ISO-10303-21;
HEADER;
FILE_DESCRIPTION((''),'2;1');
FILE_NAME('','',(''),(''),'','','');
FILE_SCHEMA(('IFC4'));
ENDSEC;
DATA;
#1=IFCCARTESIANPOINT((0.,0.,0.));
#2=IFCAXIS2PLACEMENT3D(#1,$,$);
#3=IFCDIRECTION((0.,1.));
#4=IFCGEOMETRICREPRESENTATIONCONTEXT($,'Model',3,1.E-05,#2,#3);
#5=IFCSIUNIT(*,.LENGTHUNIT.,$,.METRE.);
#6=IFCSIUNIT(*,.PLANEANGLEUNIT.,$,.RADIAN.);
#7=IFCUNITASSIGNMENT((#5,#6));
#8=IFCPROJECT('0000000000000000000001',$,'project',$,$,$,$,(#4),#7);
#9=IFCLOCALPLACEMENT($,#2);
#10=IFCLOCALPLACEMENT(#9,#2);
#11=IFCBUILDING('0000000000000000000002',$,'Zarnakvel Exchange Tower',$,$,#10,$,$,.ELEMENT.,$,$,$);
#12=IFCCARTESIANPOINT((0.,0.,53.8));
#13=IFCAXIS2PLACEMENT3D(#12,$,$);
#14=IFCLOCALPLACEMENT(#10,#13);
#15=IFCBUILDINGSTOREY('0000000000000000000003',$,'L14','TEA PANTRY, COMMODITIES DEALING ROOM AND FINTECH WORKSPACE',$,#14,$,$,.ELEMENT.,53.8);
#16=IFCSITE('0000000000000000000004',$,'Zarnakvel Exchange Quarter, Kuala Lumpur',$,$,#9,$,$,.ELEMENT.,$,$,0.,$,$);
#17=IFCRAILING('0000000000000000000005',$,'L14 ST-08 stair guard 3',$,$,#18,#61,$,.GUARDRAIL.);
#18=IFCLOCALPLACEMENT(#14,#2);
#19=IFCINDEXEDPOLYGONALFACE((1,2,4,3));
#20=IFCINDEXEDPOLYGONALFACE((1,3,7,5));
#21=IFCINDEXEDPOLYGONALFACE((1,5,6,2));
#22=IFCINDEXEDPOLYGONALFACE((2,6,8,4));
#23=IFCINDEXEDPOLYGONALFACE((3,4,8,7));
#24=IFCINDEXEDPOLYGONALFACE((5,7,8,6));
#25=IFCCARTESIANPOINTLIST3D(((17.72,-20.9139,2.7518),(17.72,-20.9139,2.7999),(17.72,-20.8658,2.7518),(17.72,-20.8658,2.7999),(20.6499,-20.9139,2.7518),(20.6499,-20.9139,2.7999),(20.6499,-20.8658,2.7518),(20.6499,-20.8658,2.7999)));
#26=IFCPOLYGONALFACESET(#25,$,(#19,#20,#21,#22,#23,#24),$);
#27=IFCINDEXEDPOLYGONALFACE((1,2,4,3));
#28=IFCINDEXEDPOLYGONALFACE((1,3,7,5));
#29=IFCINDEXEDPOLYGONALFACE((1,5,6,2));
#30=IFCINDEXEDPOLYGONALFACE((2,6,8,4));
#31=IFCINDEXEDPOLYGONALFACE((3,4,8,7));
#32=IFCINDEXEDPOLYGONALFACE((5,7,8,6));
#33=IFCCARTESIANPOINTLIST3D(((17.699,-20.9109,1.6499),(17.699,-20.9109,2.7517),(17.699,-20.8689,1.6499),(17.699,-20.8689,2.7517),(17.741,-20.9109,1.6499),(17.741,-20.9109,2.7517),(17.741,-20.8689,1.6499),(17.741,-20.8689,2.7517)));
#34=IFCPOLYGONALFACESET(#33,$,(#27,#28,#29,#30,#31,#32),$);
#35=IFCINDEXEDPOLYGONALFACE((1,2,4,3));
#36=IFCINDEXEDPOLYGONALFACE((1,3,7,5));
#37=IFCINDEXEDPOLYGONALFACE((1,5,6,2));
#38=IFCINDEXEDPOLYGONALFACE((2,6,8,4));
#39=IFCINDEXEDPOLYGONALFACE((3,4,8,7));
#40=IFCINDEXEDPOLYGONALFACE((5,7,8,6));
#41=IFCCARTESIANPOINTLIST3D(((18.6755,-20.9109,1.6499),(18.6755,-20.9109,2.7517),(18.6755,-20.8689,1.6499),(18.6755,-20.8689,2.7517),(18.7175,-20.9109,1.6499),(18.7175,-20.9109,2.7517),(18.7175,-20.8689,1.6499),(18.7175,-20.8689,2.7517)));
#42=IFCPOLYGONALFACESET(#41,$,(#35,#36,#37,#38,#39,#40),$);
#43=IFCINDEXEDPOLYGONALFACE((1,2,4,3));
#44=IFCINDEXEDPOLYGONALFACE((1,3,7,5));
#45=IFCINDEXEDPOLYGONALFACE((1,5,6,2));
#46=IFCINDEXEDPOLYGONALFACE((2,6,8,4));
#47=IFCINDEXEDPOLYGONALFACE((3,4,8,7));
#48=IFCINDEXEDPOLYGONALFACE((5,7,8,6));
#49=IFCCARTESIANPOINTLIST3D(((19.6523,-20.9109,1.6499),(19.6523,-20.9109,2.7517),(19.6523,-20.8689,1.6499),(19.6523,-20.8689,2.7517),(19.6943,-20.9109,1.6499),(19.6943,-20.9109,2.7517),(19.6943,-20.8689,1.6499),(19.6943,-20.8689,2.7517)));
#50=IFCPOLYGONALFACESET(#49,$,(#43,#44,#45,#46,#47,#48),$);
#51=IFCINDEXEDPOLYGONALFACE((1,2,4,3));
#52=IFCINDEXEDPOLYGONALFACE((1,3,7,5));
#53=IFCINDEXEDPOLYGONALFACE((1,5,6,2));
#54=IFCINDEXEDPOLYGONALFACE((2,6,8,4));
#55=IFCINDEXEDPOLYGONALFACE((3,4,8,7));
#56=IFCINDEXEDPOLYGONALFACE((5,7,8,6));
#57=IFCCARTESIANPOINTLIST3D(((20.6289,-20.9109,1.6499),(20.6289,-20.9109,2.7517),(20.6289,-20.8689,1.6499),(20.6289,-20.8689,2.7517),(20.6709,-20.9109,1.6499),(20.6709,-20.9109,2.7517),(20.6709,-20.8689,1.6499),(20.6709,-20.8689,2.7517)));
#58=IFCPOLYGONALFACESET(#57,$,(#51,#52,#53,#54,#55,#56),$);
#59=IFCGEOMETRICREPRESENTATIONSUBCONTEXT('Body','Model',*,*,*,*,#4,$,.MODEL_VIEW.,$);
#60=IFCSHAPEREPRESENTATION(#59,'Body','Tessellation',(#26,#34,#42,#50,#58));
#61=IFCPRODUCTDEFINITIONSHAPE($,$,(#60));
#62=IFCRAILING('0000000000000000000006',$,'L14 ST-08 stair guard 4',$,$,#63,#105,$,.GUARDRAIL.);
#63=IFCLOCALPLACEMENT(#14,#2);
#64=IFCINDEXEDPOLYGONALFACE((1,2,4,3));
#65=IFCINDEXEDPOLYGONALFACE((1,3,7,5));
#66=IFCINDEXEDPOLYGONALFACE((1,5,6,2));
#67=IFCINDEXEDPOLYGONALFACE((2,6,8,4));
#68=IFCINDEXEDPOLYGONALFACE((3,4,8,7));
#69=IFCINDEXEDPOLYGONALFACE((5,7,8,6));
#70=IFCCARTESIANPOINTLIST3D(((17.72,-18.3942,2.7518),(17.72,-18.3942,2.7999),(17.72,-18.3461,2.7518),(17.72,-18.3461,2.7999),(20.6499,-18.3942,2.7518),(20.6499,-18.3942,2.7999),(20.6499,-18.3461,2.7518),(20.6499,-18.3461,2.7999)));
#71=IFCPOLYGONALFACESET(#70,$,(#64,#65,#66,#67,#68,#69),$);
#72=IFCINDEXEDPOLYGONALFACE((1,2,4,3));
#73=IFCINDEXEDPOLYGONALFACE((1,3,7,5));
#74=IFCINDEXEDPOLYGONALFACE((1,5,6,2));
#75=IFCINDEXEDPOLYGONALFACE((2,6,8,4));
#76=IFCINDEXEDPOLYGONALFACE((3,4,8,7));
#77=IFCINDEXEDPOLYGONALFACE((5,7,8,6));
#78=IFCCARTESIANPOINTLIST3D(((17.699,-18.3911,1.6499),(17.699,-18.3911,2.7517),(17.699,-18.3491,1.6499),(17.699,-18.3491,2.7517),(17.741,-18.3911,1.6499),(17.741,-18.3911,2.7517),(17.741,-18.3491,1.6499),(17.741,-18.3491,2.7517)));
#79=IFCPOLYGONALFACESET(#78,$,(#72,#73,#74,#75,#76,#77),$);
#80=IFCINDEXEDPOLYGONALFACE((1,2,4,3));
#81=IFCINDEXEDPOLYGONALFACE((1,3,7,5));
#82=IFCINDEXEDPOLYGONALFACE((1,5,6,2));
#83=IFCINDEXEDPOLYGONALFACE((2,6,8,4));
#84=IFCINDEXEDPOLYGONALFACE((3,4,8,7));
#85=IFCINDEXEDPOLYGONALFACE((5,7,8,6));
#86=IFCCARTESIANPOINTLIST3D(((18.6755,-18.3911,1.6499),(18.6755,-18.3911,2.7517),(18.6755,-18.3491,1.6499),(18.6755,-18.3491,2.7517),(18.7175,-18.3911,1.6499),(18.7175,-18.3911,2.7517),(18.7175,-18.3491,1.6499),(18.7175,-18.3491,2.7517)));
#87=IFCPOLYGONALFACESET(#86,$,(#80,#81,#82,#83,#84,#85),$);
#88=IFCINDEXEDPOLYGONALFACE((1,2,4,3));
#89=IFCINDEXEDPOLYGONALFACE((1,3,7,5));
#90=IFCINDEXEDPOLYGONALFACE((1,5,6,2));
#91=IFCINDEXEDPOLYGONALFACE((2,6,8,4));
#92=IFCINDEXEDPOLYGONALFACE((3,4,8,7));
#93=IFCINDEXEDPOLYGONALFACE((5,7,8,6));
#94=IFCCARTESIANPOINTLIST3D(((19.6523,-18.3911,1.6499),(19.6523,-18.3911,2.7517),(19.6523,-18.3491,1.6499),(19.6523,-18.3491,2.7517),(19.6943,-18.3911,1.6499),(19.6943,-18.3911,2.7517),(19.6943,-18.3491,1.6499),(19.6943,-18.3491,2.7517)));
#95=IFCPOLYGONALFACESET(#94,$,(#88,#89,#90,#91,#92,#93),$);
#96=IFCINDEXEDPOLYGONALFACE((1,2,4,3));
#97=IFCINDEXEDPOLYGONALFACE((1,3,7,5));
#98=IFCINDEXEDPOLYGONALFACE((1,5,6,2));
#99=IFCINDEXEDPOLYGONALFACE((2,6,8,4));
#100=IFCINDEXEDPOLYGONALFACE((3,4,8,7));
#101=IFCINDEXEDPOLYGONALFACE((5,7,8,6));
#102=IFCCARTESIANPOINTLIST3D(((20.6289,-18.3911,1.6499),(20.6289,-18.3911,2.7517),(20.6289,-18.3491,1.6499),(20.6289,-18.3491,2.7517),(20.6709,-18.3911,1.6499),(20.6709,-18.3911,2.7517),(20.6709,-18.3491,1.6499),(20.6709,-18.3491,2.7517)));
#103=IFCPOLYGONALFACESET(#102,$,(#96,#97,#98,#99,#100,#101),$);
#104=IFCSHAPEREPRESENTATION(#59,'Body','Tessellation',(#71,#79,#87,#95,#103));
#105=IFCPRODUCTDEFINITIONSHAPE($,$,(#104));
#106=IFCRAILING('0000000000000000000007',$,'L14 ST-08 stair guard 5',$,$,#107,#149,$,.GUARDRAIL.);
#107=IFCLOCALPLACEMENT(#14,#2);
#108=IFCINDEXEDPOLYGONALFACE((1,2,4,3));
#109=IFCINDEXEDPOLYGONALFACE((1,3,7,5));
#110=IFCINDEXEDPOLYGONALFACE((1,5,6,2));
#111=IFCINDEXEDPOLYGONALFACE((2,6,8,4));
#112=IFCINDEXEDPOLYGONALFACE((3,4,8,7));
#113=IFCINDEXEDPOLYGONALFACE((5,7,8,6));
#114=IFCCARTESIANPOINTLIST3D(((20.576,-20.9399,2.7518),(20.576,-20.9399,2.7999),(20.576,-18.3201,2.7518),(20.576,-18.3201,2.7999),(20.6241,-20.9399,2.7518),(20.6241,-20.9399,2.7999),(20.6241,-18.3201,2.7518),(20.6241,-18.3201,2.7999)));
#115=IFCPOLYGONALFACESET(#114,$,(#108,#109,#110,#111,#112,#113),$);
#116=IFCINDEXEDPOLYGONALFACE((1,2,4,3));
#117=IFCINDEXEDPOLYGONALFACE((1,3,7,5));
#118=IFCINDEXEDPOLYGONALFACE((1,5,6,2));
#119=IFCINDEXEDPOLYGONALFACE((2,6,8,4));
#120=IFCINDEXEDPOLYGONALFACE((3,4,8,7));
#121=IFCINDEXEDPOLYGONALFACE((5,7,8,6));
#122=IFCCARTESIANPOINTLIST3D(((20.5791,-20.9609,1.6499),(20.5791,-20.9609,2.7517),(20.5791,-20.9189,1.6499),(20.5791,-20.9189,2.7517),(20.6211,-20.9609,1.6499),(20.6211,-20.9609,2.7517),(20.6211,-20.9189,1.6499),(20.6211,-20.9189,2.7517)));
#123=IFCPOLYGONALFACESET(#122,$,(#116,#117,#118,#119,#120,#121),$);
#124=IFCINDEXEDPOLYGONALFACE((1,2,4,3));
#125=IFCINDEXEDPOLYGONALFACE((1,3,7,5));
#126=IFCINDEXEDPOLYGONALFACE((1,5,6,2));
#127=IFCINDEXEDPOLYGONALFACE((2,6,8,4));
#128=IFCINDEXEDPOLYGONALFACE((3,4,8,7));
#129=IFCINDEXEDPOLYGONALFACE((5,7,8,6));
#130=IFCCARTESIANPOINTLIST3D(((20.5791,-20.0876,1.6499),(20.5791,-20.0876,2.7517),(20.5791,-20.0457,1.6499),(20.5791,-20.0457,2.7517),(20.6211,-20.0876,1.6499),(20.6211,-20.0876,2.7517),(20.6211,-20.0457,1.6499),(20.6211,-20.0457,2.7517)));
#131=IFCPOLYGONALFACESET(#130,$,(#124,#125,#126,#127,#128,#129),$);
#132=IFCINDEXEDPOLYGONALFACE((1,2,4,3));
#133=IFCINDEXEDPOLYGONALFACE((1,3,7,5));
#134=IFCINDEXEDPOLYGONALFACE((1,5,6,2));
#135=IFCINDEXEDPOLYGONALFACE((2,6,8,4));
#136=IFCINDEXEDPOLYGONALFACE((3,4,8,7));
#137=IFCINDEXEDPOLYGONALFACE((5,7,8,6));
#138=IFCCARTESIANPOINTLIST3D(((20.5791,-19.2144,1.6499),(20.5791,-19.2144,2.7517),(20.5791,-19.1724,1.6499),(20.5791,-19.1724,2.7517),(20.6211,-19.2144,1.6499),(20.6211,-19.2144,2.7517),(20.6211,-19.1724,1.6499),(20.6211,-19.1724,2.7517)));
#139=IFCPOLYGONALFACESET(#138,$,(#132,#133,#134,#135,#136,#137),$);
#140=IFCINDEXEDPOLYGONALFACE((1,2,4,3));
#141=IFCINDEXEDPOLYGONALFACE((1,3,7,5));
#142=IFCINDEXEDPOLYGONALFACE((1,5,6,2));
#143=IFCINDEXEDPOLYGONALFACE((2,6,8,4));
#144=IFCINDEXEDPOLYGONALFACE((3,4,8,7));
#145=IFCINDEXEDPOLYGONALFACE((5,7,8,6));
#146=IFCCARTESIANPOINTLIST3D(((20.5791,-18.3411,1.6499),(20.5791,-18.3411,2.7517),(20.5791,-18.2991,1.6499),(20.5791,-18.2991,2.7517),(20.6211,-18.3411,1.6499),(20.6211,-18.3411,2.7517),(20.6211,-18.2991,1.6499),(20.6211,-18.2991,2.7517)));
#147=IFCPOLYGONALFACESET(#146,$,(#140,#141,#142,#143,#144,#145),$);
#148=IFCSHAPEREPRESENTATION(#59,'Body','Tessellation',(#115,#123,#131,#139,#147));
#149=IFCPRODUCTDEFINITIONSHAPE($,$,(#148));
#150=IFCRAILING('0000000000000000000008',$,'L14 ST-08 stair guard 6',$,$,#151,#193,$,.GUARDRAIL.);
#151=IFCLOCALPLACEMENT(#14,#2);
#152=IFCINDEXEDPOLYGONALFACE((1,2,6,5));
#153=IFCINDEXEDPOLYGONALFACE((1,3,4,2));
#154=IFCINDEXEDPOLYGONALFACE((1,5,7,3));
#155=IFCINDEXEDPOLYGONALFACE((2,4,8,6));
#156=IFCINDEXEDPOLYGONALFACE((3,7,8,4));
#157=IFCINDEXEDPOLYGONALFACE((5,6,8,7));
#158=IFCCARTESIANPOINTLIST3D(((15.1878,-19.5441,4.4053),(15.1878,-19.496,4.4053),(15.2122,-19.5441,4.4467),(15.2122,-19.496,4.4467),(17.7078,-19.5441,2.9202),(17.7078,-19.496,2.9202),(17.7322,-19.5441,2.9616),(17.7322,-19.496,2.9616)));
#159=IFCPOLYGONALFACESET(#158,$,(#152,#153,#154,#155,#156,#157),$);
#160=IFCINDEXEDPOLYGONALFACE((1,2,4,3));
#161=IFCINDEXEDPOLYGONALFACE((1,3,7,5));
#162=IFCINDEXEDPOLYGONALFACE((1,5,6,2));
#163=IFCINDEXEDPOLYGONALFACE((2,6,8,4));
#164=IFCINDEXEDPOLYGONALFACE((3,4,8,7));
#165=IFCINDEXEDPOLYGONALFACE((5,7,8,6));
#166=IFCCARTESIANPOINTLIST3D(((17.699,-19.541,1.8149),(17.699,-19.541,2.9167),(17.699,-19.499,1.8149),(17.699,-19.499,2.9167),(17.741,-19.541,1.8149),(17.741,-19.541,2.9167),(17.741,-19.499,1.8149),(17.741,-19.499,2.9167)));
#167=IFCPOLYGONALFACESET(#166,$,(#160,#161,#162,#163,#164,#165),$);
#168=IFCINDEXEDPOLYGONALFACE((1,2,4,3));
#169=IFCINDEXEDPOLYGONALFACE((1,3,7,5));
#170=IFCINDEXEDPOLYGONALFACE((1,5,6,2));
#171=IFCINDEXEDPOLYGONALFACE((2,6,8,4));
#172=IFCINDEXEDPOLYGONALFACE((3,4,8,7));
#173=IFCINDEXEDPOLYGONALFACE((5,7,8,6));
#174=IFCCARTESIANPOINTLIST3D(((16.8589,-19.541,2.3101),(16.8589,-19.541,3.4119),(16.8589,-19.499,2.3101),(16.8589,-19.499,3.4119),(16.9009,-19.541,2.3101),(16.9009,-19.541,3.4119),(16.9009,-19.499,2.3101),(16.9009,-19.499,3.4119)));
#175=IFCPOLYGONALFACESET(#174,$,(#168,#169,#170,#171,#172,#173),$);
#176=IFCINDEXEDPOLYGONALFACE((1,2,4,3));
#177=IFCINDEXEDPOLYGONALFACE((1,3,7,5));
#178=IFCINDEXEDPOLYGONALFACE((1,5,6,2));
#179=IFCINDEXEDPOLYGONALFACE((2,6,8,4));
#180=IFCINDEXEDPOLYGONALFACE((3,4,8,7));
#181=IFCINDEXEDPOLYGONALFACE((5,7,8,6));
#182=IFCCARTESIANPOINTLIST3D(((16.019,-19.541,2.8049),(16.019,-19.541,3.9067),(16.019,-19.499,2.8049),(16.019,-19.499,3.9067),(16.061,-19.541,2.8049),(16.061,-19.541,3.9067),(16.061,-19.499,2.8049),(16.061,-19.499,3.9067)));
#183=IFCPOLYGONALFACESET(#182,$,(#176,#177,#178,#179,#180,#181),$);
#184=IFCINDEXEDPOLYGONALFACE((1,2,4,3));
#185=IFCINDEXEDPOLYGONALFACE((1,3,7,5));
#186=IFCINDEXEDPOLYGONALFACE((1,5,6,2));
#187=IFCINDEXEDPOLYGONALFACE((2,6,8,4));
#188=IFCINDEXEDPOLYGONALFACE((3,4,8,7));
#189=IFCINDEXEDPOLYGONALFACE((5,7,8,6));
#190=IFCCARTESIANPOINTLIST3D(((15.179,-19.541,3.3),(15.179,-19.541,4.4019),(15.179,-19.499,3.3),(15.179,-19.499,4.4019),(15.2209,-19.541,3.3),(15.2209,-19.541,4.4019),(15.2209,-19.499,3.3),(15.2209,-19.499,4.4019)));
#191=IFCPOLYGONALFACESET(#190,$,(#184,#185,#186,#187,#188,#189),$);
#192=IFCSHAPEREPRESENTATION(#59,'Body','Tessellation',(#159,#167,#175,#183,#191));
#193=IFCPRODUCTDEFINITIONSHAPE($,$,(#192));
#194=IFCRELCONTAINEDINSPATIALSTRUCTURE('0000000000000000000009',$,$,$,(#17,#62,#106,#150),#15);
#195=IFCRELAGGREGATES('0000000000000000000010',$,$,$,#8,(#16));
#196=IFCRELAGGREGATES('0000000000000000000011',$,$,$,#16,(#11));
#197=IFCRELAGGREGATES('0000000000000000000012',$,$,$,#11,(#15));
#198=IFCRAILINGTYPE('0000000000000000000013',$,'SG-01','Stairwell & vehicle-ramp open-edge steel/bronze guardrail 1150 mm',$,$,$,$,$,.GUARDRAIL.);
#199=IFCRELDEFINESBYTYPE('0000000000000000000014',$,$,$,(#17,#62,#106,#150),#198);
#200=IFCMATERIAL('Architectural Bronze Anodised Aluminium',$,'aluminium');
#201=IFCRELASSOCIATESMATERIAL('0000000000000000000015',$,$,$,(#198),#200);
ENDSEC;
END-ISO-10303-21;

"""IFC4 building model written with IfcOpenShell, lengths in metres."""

from ifc_helpers import new_model, si_unit, direction, frame, origin, origin_2d, place, context, subcontext, project, spatial, rectangle, extrude, material, type_object, element, save


model = new_model("IFC4")

# Units and contexts
model_context = context("Model", 3, precision=1e-05, world=origin(), true_north=direction((0.0, 1.0)))
body_context = subcontext(model_context, "Body", "Model", "MODEL_VIEW")
ifc_project = project(units=[si_unit("LENGTHUNIT", "METRE"), si_unit("PLANEANGLEUNIT", "RADIAN")], contexts=[model_context])

# Site, building, storey
site_placement = place(None, origin())
site = spatial("IfcSite", under=ifc_project, at=site_placement, Name="Zarnakvel Exchange Quarter, Kuala Lumpur", CompositionType="ELEMENT", RefElevation=0.0)
building_placement = place(site_placement, origin())
building = spatial("IfcBuilding", under=site, at=building_placement, Name="Zarnakvel Exchange Tower", CompositionType="ELEMENT")
storey_placement = place(building_placement, frame((0.0, 0.0, 53.8)))
storey = spatial("IfcBuildingStorey", under=building, at=storey_placement, Name="L14", Description="TEA PANTRY, COMMODITIES DEALING ROOM AND FINTECH WORKSPACE", CompositionType="ELEMENT", Elevation=53.8)

# Shared definitions
ifc_material_1 = material(Name="Architectural Bronze Anodised Aluminium", Category="aluminium")

# Railings
railing_type_1 = type_object("IfcRailingType", Name="SG-01", Description="Stairwell & vehicle-ramp open-edge steel/bronze guardrail 1150 mm", PredefinedType="GUARDRAIL", material=ifc_material_1)
for number, where, name in (
    (1, (17.72, -20.8899, 1.6499), "L14 ST-08 stair guard 3"),
    (2, (17.72, -18.3701, 1.6499), "L14 ST-08 stair guard 4"),
):
    element("IfcRailing", number, at=place(storey_placement, frame(where)), inside=storey, type_object=railing_type_1, Name=name, PredefinedType="GUARDRAIL", context=body_context, shape_type="SweptSolid", body=[
        extrude(rectangle(XDim=0.0481, YDim=0.0481, at=origin_2d()), frame((0.0, 0.0, 1.126), z_axis=(1.0, 0.0, 0.0), x_axis=(0.0, 1.0, 0.0)), (0.0, 0.0, 1.0), 2.9299),
        extrude(rectangle(XDim=0.042, YDim=0.042, at=origin_2d()), origin(), (0.0, 0.0, 1.0), 1.1018),
        extrude(rectangle(XDim=0.042, YDim=0.042, at=origin_2d()), frame((0.9766, 0.0, 0.0)), (0.0, 0.0, 1.0), 1.1018),
        extrude(rectangle(XDim=0.042, YDim=0.042, at=origin_2d()), frame((1.9534, 0.0, 0.0)), (0.0, 0.0, 1.0), 1.1018),
        extrude(rectangle(XDim=0.042, YDim=0.042, at=origin_2d()), frame((2.9299, 0.0, 0.0)), (0.0, 0.0, 1.0), 1.1018),
    ])
railing_1_placement = place(storey_placement, frame((20.6001, -20.9399, 1.6499)))
element("IfcRailing", 3, at=railing_1_placement, inside=storey, type_object=railing_type_1, Name="L14 ST-08 stair guard 5", PredefinedType="GUARDRAIL", context=body_context, shape_type="SweptSolid", body=[
    extrude(rectangle(XDim=0.0481, YDim=0.0481, at=origin_2d()), frame((0.0, 0.0, 1.126), z_axis=(0.0, 1.0, 0.0), x_axis=(-1.0, 0.0, 0.0)), (0.0, 0.0, 1.0), 2.6199),
    extrude(rectangle(XDim=0.042, YDim=0.042, at=origin_2d()), origin(), (0.0, 0.0, 1.0), 1.1018),
    extrude(rectangle(XDim=0.042, YDim=0.042, at=origin_2d()), frame((0.0, 0.8733, 0.0)), (0.0, 0.0, 1.0), 1.1018),
    extrude(rectangle(XDim=0.042, YDim=0.042, at=origin_2d()), frame((0.0, 1.7466, 0.0)), (0.0, 0.0, 1.0), 1.1018),
    extrude(rectangle(XDim=0.042, YDim=0.042, at=origin_2d()), frame((0.0, 2.6199, 0.0)), (0.0, 0.0, 1.0), 1.1018),
])
railing_2_placement = place(storey_placement, frame((17.72, -19.52, 1.8149)))
element("IfcRailing", 4, at=railing_2_placement, inside=storey, type_object=railing_type_1, Name="L14 ST-08 stair guard 6", PredefinedType="GUARDRAIL", context=body_context, shape_type="SweptSolid", body=[
    extrude(rectangle(XDim=0.0481, YDim=0.0481, at=origin_2d()), frame((0.0, 0.0, 1.126), z_axis=(-0.861524, 0.0, 0.507717), x_axis=(0.0, -1.0, 0.0)), (0.0, 0.0, 1.0), 2.925),
    extrude(rectangle(XDim=0.042, YDim=0.042, at=origin_2d()), origin(), (0.0, 0.0, 1.0), 1.1018),
    extrude(rectangle(XDim=0.042, YDim=0.042, at=origin_2d()), frame((-0.8401, 0.0, 0.4951)), (0.0, 0.0, 1.0), 1.1018),
    extrude(rectangle(XDim=0.042, YDim=0.042, at=origin_2d()), frame((-1.6799, 0.0, 0.99)), (0.0, 0.0, 1.0), 1.1018),
    extrude(rectangle(XDim=0.042, YDim=0.042, at=origin_2d()), frame((-2.52, 0.0, 1.4851)), (0.0, 0.0, 1.0), 1.1018),
])

save(model, "model.ifc")
